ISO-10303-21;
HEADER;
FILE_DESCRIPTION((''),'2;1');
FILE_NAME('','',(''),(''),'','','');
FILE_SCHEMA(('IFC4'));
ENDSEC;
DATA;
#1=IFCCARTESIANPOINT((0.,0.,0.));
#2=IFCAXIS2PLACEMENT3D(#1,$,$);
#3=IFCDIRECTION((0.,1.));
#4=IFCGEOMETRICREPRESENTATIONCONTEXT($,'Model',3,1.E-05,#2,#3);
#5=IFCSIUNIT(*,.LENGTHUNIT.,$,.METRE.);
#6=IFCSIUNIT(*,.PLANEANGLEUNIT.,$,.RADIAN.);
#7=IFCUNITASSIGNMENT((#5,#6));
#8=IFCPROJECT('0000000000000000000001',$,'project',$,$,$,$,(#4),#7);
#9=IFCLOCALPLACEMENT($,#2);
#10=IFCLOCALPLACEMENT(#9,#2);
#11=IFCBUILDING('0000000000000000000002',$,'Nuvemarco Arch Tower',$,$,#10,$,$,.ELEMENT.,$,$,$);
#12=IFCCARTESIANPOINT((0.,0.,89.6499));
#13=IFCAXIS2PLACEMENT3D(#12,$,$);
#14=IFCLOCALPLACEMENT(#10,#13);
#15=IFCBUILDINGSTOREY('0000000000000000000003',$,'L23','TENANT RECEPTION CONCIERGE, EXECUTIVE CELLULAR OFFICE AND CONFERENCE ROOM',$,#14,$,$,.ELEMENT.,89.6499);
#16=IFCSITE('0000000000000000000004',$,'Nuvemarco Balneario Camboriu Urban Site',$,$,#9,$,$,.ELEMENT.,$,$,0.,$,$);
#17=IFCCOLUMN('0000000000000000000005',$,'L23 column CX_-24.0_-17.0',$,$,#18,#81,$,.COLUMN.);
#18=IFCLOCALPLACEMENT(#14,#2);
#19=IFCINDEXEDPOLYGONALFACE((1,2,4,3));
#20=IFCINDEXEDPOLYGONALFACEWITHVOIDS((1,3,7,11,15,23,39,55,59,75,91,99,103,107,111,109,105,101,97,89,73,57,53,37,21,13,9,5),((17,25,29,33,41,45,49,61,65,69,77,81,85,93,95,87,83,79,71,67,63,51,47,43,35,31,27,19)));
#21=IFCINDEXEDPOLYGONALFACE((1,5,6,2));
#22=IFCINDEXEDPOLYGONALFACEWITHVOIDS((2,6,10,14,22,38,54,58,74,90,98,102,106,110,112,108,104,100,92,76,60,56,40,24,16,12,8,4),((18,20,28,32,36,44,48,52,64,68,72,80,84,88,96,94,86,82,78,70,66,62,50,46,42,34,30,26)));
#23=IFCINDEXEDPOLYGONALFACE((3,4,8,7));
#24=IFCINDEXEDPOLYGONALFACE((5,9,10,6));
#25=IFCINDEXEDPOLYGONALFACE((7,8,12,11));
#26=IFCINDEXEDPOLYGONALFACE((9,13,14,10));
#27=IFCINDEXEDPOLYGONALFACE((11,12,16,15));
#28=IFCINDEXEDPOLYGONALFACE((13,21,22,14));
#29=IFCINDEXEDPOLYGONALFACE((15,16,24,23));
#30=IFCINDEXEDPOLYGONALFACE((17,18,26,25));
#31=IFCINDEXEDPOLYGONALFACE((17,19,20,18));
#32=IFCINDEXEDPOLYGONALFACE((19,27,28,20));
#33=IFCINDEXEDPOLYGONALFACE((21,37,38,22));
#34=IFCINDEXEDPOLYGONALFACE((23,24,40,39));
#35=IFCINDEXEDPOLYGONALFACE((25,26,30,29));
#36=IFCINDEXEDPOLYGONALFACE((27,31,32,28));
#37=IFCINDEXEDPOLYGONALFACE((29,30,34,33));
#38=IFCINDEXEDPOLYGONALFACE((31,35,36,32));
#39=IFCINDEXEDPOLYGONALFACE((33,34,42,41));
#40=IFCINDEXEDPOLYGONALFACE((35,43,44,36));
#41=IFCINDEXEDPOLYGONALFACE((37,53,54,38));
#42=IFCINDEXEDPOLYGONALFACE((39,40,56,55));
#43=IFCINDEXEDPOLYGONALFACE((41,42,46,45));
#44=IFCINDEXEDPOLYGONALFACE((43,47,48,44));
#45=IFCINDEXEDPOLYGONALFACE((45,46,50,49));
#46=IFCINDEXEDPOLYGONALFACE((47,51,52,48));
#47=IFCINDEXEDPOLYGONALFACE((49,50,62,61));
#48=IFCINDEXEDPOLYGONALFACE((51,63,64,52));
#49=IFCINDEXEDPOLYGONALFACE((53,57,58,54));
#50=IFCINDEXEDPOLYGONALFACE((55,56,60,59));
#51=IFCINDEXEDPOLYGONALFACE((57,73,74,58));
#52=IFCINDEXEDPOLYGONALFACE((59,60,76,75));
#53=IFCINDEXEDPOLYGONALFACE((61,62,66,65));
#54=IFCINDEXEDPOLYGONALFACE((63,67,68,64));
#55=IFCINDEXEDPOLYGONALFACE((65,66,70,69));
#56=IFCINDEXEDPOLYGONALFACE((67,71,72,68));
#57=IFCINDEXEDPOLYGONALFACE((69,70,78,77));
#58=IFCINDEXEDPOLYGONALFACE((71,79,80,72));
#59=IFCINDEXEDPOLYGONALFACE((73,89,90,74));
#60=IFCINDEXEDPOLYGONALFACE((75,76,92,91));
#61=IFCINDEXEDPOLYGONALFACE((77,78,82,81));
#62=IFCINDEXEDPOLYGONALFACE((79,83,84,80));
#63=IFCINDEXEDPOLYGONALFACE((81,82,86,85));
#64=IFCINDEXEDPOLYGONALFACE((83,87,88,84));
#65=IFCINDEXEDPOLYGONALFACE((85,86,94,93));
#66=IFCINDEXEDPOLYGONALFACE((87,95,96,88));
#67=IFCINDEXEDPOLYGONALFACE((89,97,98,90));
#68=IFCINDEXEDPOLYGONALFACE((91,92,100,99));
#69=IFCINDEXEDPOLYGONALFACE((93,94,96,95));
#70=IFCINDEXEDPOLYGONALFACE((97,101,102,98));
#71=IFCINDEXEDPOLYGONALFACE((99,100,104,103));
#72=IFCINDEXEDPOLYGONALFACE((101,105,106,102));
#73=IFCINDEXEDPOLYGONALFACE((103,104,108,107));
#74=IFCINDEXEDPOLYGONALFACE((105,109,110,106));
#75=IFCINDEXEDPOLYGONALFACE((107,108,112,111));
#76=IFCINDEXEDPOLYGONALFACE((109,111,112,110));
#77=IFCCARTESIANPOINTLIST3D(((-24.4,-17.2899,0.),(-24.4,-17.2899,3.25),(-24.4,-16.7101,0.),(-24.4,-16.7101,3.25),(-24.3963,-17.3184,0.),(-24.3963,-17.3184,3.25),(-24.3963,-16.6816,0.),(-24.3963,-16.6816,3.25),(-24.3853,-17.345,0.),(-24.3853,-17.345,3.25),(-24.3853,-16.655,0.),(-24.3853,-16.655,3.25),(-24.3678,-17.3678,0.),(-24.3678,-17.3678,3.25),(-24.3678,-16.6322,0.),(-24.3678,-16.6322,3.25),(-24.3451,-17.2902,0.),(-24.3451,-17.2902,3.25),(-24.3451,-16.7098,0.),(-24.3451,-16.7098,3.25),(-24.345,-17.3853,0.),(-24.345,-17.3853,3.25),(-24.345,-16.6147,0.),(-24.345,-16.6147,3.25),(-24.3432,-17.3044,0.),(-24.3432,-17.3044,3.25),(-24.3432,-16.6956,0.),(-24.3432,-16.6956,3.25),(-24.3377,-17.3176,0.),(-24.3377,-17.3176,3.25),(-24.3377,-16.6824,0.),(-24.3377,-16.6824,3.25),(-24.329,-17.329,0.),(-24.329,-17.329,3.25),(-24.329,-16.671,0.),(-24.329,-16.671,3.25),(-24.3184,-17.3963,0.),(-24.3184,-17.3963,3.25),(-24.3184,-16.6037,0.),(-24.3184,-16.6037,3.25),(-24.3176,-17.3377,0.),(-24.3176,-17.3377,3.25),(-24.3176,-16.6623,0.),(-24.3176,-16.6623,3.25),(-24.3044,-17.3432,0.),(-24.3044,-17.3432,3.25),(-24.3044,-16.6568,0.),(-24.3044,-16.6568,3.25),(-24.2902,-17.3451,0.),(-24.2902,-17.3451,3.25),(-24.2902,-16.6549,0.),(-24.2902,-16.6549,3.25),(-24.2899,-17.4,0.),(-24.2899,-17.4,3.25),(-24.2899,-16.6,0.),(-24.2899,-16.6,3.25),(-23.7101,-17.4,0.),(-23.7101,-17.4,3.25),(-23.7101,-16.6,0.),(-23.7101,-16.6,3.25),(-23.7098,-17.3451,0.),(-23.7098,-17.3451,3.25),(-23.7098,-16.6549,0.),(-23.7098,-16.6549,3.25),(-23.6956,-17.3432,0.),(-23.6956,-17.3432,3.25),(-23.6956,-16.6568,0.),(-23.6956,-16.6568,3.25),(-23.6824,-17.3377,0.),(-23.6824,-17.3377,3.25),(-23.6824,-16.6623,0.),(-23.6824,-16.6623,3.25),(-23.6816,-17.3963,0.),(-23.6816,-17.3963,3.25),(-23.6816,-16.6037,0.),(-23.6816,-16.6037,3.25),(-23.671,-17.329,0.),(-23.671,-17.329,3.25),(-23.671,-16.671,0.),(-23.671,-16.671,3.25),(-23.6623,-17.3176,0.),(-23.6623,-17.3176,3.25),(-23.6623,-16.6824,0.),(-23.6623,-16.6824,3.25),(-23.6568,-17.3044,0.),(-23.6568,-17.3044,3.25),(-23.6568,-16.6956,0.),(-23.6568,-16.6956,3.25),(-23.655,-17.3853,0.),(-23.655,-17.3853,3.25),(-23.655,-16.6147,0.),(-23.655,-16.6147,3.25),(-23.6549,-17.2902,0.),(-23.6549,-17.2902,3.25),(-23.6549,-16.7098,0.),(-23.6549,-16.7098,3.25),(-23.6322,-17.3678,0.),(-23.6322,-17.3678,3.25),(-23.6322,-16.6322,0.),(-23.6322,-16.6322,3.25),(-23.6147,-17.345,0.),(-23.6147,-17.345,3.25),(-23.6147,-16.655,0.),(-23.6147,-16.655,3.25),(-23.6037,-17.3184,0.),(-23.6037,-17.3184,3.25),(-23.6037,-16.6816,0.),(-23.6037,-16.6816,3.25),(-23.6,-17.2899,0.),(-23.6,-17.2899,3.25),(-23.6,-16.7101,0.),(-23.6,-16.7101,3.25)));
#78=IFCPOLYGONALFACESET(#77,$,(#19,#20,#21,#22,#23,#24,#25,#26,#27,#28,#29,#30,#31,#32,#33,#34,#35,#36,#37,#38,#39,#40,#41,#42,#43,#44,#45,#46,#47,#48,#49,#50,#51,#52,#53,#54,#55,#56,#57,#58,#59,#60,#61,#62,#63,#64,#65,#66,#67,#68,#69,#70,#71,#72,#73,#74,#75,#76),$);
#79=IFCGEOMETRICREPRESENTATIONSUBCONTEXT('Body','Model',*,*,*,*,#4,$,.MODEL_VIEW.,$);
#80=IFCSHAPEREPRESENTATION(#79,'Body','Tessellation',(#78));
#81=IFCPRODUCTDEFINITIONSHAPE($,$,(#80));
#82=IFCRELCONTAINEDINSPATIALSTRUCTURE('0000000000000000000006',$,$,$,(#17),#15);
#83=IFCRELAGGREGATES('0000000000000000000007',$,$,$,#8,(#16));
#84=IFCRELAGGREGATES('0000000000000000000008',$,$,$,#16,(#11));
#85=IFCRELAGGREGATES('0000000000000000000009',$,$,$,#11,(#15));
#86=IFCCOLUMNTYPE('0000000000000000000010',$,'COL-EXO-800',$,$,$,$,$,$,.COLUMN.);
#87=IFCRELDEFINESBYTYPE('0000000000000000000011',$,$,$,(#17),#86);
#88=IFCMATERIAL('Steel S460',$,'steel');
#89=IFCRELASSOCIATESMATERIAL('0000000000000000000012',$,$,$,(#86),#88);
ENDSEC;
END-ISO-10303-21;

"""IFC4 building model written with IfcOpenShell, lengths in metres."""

from ifc_helpers import new_model, si_unit, direction, frame, origin, origin_2d, place, context, subcontext, project, spatial, hollow_rectangle, extrude, material, material_profile, profile_set, type_object, element, save


model = new_model("IFC4")

# Units and contexts
model_context = context("Model", 3, precision=1e-05, world=origin(), true_north=direction((0.0, 1.0)))
body_context = subcontext(model_context, "Body", "Model", "MODEL_VIEW")
ifc_project = project(units=[si_unit("LENGTHUNIT", "METRE"), si_unit("PLANEANGLEUNIT", "RADIAN")], contexts=[model_context])

# Site, building, storey
site_placement = place(None, origin())
site = spatial("IfcSite", under=ifc_project, at=site_placement, Name="Nuvemarco Balneario Camboriu Urban Site", CompositionType="ELEMENT", RefElevation=0.0)
building_placement = place(site_placement, origin())
building = spatial("IfcBuilding", under=site, at=building_placement, Name="Nuvemarco Arch Tower", CompositionType="ELEMENT")
storey_placement = place(building_placement, frame((0.0, 0.0, 89.6499)))
storey = spatial("IfcBuildingStorey", under=building, at=storey_placement, Name="L23", Description="TENANT RECEPTION CONCIERGE, EXECUTIVE CELLULAR OFFICE AND CONFERENCE ROOM", CompositionType="ELEMENT", Elevation=89.6499)

# Column
ifc_material_1 = material(Name="Steel S460", Category="steel")
ifc_material_profile = material_profile(ifc_material_1, hollow_rectangle(XDim=0.8, YDim=0.8, WallThickness=0.0549, InnerFilletRadius=0.0549, OuterFilletRadius=0.1101, at=origin_2d()), Name="SHS800x800x55")
ifc_profile_set = profile_set([ifc_material_profile], Name="Steel S460")
column_type = type_object("IfcColumnType", Name="COL-EXO-800", PredefinedType="COLUMN", material=ifc_profile_set)
column_placement = place(storey_placement, frame((-24.0, -17.0, 0.0), z_axis=(0.0, 0.0, 1.0), x_axis=(1.0, 0.0, 0.0)))
element("IfcColumn", 1, at=column_placement, inside=storey, type_object=column_type, Name="L23 column CX_-24.0_-17.0", PredefinedType="COLUMN", context=body_context, shape_type="SweptSolid", body=[
    extrude(hollow_rectangle(XDim=0.8, YDim=0.8, WallThickness=0.0549, InnerFilletRadius=0.0549, OuterFilletRadius=0.1101, at=origin_2d()), origin(), (0.0, 0.0, 1.0), 3.25),
])

save(model, "model.ifc")
